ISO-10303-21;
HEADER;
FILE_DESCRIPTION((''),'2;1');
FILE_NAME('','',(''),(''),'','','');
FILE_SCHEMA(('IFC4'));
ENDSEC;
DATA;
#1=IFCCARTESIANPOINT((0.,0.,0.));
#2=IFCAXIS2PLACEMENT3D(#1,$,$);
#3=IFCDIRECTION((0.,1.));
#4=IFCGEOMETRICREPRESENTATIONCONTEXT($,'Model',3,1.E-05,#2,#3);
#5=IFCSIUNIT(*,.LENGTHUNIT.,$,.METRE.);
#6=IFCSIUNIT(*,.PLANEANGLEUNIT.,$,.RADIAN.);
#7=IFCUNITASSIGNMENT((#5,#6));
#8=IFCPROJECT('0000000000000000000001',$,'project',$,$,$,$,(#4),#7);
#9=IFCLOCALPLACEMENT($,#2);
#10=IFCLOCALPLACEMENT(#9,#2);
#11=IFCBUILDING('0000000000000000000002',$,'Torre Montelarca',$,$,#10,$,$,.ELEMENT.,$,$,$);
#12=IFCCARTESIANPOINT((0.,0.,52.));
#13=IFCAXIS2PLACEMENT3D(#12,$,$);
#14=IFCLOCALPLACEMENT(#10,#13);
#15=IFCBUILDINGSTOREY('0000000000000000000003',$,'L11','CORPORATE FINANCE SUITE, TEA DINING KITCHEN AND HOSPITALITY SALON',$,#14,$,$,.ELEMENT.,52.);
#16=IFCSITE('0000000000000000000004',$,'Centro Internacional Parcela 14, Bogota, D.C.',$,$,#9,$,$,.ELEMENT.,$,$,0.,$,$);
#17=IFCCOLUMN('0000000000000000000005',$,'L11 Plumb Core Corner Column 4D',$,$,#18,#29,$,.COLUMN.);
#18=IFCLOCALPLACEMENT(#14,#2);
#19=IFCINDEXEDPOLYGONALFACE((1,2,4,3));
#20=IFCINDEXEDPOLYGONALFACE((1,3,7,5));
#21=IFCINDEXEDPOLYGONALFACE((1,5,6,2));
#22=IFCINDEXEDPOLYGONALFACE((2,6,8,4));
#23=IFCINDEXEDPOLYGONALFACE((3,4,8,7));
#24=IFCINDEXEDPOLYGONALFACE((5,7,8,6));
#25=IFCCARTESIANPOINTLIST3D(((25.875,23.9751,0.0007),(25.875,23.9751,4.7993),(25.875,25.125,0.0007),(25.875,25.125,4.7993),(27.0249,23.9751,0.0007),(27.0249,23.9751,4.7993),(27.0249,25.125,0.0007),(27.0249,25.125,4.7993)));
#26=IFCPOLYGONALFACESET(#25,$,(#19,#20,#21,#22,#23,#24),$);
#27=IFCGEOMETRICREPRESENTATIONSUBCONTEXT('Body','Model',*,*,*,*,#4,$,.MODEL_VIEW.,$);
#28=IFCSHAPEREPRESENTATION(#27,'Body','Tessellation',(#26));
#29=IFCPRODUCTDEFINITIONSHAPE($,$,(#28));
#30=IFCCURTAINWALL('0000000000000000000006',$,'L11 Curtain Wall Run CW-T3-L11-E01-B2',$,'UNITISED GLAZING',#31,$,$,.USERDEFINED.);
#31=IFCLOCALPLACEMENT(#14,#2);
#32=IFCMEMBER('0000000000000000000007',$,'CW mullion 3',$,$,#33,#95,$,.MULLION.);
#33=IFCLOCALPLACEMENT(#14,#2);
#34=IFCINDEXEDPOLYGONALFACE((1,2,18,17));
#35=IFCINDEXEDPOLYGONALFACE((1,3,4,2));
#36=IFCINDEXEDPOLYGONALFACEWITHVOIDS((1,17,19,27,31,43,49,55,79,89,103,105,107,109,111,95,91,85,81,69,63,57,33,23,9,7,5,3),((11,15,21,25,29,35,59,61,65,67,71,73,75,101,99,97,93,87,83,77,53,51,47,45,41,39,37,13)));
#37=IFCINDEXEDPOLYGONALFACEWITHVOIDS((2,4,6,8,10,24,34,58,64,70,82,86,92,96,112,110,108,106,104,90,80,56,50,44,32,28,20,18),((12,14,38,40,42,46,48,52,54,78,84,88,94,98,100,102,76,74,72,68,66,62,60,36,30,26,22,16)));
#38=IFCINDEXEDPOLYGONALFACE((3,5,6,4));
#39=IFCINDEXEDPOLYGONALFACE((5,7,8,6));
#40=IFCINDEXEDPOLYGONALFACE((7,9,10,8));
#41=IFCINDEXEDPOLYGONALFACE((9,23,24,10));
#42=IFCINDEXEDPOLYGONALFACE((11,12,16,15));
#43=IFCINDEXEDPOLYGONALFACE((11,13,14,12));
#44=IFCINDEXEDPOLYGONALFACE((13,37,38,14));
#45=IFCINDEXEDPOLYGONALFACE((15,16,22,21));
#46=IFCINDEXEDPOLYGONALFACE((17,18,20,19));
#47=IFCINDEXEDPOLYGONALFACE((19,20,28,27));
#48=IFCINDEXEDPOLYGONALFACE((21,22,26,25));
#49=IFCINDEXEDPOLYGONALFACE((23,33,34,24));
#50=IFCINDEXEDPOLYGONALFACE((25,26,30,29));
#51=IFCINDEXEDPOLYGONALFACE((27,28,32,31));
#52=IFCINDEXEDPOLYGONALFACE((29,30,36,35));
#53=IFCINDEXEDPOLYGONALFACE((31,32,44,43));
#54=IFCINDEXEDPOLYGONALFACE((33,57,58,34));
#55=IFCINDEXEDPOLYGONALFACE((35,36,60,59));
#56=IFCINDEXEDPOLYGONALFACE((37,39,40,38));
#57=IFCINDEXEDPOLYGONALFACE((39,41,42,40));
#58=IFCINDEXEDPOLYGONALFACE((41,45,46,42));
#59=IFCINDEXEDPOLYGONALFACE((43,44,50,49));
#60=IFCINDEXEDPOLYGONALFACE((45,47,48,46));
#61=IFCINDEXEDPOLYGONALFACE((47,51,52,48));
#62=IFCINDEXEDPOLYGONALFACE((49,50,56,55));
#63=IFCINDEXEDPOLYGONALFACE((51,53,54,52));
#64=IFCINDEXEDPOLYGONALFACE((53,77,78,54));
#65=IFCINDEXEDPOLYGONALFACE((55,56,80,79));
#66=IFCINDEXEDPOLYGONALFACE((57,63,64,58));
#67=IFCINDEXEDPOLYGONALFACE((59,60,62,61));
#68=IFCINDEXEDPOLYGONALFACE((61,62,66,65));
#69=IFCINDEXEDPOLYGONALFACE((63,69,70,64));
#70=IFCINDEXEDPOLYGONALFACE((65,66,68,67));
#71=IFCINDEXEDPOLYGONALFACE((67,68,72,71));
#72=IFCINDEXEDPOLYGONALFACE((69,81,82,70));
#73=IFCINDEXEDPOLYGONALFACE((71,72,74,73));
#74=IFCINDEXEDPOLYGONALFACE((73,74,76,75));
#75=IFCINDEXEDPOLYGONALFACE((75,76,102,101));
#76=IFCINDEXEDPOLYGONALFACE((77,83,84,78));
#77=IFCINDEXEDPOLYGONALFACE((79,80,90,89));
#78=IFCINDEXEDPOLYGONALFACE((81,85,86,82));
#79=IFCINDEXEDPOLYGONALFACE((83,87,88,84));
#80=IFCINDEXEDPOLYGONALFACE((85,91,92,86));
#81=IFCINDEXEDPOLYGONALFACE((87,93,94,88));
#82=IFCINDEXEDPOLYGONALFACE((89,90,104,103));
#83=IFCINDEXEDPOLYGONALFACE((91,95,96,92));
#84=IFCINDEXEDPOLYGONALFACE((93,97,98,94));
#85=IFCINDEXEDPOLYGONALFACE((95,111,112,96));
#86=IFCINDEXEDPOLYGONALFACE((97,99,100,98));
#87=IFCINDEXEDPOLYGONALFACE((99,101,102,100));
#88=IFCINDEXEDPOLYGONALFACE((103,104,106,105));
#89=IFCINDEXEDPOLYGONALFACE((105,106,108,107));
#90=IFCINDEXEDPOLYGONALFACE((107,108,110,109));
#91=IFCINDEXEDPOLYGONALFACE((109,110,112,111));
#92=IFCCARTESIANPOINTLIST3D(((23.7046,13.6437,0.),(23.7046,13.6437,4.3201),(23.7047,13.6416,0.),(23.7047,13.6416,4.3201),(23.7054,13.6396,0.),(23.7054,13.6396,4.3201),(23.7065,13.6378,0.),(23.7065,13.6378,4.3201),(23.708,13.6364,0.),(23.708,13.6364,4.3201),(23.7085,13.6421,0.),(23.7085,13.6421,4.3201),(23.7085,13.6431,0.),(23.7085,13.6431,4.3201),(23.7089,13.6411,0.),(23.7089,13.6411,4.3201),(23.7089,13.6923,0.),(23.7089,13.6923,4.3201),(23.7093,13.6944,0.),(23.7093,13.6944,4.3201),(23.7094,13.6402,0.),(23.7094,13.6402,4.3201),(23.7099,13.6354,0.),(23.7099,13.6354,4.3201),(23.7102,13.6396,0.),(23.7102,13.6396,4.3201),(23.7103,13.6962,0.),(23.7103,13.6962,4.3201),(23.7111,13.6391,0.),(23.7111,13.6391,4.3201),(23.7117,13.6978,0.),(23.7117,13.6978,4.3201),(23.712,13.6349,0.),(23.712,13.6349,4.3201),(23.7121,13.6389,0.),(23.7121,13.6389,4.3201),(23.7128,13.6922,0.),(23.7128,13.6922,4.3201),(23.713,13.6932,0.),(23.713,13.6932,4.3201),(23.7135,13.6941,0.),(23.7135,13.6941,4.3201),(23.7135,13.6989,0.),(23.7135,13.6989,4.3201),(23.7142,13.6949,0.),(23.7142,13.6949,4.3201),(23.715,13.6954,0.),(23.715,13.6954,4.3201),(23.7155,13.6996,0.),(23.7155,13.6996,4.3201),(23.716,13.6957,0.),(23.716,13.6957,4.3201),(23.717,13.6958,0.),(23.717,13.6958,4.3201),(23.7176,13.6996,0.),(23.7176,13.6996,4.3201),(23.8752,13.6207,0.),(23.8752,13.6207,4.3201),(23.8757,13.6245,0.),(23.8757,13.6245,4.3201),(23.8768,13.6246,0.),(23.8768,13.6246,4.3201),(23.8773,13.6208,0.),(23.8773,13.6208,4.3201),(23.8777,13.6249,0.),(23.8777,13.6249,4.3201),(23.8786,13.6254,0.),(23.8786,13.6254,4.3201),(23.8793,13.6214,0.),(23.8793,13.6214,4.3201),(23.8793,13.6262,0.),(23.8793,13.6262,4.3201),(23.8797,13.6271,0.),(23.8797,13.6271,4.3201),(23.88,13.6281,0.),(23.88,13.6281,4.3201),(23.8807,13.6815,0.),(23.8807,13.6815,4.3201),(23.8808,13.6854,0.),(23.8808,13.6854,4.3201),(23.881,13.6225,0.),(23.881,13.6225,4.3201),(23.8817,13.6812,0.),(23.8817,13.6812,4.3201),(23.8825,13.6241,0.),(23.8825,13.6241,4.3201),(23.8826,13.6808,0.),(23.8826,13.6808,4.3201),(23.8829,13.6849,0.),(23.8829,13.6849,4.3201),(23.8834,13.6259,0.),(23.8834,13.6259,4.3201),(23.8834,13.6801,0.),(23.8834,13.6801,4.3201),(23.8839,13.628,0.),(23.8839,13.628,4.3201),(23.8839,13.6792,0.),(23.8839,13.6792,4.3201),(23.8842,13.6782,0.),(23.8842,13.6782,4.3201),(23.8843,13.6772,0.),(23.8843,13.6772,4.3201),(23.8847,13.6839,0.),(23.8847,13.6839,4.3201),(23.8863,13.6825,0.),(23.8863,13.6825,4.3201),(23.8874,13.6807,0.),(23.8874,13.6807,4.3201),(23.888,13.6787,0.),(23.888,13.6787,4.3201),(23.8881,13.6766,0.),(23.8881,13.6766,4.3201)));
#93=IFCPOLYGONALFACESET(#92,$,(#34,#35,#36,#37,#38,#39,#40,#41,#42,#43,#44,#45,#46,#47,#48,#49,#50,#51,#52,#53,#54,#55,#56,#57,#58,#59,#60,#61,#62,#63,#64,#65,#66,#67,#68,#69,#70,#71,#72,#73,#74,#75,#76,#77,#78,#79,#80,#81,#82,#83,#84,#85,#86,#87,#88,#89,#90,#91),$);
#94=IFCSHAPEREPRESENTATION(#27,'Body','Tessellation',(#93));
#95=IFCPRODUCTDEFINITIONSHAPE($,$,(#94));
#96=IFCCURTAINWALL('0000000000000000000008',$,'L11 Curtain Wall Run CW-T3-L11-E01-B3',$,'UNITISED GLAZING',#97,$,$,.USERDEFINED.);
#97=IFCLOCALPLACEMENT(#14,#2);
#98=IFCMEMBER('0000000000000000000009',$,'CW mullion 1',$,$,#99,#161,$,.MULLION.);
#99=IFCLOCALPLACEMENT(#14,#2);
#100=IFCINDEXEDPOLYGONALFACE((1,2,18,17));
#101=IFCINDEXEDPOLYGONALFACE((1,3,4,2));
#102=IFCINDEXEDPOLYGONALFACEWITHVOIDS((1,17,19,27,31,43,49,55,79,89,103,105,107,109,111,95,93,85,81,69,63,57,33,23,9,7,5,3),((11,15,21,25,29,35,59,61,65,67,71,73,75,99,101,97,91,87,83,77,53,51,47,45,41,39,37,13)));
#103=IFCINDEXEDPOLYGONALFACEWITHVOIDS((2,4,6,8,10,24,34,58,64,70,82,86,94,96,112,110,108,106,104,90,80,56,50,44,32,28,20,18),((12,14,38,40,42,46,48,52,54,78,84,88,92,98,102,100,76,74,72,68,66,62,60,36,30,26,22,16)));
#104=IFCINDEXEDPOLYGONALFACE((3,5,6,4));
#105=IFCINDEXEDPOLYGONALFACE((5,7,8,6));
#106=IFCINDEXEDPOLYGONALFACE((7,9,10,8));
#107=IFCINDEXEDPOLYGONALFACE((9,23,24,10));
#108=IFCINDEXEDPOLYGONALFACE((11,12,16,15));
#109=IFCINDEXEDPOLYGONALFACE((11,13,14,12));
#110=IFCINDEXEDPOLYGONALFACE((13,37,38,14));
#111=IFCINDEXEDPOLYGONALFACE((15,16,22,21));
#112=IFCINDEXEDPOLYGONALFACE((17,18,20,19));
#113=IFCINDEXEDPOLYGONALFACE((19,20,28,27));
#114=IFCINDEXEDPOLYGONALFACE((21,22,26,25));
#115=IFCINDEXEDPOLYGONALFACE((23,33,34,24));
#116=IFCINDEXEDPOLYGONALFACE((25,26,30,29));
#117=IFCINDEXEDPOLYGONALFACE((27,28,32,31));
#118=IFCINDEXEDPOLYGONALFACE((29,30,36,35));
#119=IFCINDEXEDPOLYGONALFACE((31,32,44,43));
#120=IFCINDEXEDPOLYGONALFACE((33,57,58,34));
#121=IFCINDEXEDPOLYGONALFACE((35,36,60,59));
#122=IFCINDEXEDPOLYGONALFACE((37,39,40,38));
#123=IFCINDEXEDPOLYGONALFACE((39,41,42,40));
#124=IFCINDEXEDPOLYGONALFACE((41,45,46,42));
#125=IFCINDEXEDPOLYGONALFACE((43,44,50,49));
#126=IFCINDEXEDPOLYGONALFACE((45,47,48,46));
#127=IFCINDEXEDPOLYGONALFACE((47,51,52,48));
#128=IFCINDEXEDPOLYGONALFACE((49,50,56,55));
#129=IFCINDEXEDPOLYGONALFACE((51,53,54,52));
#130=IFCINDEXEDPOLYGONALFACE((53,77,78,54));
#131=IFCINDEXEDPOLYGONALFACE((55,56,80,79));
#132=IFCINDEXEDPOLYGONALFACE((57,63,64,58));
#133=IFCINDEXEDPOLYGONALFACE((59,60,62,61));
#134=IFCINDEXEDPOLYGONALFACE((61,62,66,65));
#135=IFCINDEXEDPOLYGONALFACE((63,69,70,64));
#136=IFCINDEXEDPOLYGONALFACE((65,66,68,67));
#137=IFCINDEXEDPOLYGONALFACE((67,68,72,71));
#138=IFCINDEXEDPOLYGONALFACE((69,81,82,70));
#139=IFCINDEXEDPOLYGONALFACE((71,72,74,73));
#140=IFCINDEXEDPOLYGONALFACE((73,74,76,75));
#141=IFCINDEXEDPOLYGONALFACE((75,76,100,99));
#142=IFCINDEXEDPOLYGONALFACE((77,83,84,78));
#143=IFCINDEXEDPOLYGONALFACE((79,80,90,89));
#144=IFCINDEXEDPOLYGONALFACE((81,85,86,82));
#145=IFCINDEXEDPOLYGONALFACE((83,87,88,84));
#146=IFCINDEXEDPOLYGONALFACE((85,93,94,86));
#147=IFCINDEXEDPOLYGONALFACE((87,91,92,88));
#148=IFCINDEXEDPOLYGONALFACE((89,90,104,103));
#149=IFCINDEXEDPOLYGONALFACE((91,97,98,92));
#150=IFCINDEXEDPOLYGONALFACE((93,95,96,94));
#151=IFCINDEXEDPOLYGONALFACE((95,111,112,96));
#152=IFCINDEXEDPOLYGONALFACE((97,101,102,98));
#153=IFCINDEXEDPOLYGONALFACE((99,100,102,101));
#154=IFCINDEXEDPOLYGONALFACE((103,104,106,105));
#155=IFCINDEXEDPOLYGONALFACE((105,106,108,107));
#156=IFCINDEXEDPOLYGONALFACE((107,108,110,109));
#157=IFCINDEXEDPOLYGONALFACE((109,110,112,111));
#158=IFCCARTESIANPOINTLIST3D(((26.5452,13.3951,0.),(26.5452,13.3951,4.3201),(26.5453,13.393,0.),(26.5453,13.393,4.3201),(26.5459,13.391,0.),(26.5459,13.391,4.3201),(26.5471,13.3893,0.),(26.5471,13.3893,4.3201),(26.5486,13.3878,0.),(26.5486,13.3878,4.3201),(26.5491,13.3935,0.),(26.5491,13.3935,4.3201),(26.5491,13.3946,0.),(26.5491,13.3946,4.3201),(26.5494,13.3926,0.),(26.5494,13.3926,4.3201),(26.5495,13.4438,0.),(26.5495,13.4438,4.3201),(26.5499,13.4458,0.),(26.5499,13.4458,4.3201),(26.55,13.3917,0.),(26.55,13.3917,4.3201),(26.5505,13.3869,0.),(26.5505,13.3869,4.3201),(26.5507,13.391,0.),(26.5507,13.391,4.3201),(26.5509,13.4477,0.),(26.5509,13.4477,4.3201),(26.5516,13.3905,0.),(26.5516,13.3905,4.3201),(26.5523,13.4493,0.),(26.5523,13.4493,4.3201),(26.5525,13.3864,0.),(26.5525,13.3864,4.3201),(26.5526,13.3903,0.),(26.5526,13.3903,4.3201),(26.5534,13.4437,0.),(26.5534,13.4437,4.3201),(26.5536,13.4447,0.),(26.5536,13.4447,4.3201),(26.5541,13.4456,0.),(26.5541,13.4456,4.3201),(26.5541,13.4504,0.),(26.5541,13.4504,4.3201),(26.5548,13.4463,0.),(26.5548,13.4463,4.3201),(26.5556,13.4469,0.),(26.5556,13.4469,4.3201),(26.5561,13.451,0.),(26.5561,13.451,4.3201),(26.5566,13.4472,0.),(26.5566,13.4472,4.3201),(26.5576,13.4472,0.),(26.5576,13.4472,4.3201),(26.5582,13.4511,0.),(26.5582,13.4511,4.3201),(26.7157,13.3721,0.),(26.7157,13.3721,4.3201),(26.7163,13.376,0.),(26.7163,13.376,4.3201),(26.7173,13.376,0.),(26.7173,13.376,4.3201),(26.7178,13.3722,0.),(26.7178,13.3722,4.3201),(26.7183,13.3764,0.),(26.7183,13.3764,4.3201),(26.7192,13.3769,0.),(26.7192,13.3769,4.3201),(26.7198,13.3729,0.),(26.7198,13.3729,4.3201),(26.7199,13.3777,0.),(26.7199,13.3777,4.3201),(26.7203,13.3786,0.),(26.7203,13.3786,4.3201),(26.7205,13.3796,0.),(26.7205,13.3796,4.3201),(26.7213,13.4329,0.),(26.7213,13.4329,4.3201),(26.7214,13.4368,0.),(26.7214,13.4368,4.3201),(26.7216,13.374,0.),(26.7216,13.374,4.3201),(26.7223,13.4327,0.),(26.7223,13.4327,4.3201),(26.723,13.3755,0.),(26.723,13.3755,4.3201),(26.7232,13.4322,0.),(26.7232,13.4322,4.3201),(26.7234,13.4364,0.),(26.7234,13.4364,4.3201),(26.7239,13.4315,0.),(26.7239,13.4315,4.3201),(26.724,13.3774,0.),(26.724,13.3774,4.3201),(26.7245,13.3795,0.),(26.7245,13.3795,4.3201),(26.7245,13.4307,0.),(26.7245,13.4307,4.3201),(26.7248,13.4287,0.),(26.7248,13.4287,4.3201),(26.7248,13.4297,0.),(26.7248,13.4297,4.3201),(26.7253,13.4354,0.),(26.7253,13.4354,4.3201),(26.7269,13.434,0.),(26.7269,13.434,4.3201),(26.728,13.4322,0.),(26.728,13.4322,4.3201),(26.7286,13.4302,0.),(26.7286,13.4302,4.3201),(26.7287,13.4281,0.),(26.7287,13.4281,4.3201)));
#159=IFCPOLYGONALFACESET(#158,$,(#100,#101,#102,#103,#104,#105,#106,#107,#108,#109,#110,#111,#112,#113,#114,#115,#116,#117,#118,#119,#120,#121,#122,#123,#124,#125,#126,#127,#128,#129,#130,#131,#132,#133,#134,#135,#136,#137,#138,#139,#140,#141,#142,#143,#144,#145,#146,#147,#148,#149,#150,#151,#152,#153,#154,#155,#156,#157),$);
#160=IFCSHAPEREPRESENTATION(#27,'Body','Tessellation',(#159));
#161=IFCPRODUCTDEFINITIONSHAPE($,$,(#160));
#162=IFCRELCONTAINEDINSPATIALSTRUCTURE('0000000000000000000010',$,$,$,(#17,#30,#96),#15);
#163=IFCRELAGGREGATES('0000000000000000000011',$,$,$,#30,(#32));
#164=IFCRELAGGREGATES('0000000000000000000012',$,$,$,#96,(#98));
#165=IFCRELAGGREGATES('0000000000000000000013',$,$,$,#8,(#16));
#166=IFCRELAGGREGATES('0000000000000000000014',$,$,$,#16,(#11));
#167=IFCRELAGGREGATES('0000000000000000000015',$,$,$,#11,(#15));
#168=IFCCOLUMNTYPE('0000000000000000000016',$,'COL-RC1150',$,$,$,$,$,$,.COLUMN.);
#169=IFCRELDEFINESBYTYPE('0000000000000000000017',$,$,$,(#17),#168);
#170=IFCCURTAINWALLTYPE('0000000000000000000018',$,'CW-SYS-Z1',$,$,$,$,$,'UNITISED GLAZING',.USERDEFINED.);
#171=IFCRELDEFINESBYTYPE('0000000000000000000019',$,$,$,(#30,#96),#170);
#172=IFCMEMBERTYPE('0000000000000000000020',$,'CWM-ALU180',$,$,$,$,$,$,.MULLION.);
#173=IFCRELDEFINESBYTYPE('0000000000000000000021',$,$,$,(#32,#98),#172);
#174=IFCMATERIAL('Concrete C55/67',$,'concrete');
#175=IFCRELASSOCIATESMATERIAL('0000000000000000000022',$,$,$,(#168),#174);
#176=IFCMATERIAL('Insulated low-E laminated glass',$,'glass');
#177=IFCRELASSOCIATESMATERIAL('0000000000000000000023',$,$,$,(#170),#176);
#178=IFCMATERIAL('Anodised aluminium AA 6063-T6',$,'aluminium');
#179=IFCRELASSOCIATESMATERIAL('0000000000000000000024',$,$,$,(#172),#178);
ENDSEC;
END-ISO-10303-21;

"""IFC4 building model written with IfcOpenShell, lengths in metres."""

from ifc_helpers import new_model, si_unit, direction, frame, origin, origin_2d, place, context, subcontext, project, spatial, rectangle, hollow_rectangle, extrude, source, transform, mapped, material, material_profile, profile_set, type_object, element, aggregate, save


model = new_model("IFC4")

# Units and contexts
model_context = context("Model", 3, precision=1e-05, world=origin(), true_north=direction((0.0, 1.0)))
body_context = subcontext(model_context, "Body", "Model", "MODEL_VIEW")
ifc_project = project(units=[si_unit("LENGTHUNIT", "METRE"), si_unit("PLANEANGLEUNIT", "RADIAN")], contexts=[model_context])

# Site, building, storey
site_placement = place(None, origin())
site = spatial("IfcSite", under=ifc_project, at=site_placement, Name="Centro Internacional Parcela 14, Bogota, D.C.", CompositionType="ELEMENT", RefElevation=0.0)
building_placement = place(site_placement, origin())
building = spatial("IfcBuilding", under=site, at=building_placement, Name="Torre Montelarca", CompositionType="ELEMENT")
storey_placement = place(building_placement, frame((0.0, 0.0, 52.0)))
storey = spatial("IfcBuildingStorey", under=building, at=storey_placement, Name="L11", Description="CORPORATE FINANCE SUITE, TEA DINING KITCHEN AND HOSPITALITY SALON", CompositionType="ELEMENT", Elevation=52.0)

# Column
ifc_material_1 = material(Name="Concrete C55/67", Category="concrete")
ifc_material_profile_1 = material_profile(ifc_material_1, rectangle(XDim=1.1499, YDim=1.1499, at=origin_2d()), Name="RC1150X1150", Category="concrete")
ifc_profile_set_1 = profile_set([ifc_material_profile_1], Name="Concrete C55/67")
column_type_1 = type_object("IfcColumnType", Name="COL-RC1150", PredefinedType="COLUMN", material=ifc_profile_set_1)
shared_shape_1 = source(origin(), body_context, "Body", "SweptSolid", [
    extrude(rectangle(XDim=1.1499, YDim=1.1499, at=origin_2d()), origin(), (0.0, 0.0, 1.0), 4.7986),
])
column_1_placement = place(storey_placement, frame((26.45, 24.55, 0.0007), z_axis=(0.0, 0.0, 1.0), x_axis=(1.0, 0.0, 0.0)))
element("IfcColumn", 1, at=column_1_placement, inside=storey, type_object=column_type_1, Name="L11 Plumb Core Corner Column 4D", PredefinedType="COLUMN", context=body_context, shape_type="MappedRepresentation", body=[
    mapped(shared_shape_1, transform((0.0, 0.0, 0.0), scale=1.0)),
])

# Curtain wall, member
ifc_material_2 = material(Name="Insulated low-E laminated glass", Category="glass")
curtain_wall_type = type_object("IfcCurtainWallType", Name="CW-SYS-Z1", ElementType="UNITISED GLAZING", PredefinedType="USERDEFINED", material=ifc_material_2)
curtain_wall_1_placement = place(storey_placement, origin())
curtain_wall_1 = element("IfcCurtainWall", 2, at=curtain_wall_1_placement, inside=storey, type_object=curtain_wall_type, Name="L11 Curtain Wall Run CW-T3-L11-E01-B2", ObjectType="UNITISED GLAZING", PredefinedType="USERDEFINED")
ifc_material_3 = material(Name="Anodised aluminium AA 6063-T6", Category="aluminium")
ifc_material_profile_2 = material_profile(ifc_material_3, hollow_rectangle(XDim=0.0649, YDim=0.1799, WallThickness=0.0039, InnerFilletRadius=0.0039, OuterFilletRadius=0.0081, at=origin_2d()), Name="ALU65X180X4", Category="aluminium")
ifc_profile_set_2 = profile_set([ifc_material_profile_2], Name="Anodised aluminium AA 6063-T6")
member_type_1 = type_object("IfcMemberType", Name="CWM-ALU180", PredefinedType="MULLION", material=ifc_profile_set_2)
shared_shape_2 = source(origin(), body_context, "Body", "SweptSolid", [
    extrude(hollow_rectangle(XDim=0.0649, YDim=0.1799, WallThickness=0.0039, InnerFilletRadius=0.0039, OuterFilletRadius=0.0081, at=origin_2d()), origin(), (0.0, 0.0, 1.0), 4.3201),
])
member_1_placement = place(storey_placement, frame((23.7964, 13.6602, 0.0), z_axis=(0.0, 0.0, 1.0), x_axis=(0.087159, 0.996194, 0.0)))
member_1 = element("IfcMember", 3, at=member_1_placement, type_object=member_type_1, Name="CW mullion 3", PredefinedType="MULLION", context=body_context, shape_type="MappedRepresentation", body=[
    mapped(shared_shape_2, transform((0.0, 0.0, 0.0), scale=1.0)),
])
aggregate(curtain_wall_1, [member_1])

# Curtain wall, member
curtain_wall_2_placement = place(storey_placement, origin())
curtain_wall_2 = element("IfcCurtainWall", 4, at=curtain_wall_2_placement, inside=storey, type_object=curtain_wall_type, Name="L11 Curtain Wall Run CW-T3-L11-E01-B3", ObjectType="UNITISED GLAZING", PredefinedType="USERDEFINED")
member_2_placement = place(storey_placement, frame((26.637, 13.4116, 0.0), z_axis=(0.0, 0.0, 1.0), x_axis=(0.087165, 0.996194, 0.0)))
member_2 = element("IfcMember", 5, at=member_2_placement, type_object=member_type_1, Name="CW mullion 1", PredefinedType="MULLION", context=body_context, shape_type="MappedRepresentation", body=[
    mapped(shared_shape_2, transform((0.0, 0.0, 0.0), scale=1.0)),
])

aggregate(curtain_wall_2, [member_2])

save(model, "model.ifc")
